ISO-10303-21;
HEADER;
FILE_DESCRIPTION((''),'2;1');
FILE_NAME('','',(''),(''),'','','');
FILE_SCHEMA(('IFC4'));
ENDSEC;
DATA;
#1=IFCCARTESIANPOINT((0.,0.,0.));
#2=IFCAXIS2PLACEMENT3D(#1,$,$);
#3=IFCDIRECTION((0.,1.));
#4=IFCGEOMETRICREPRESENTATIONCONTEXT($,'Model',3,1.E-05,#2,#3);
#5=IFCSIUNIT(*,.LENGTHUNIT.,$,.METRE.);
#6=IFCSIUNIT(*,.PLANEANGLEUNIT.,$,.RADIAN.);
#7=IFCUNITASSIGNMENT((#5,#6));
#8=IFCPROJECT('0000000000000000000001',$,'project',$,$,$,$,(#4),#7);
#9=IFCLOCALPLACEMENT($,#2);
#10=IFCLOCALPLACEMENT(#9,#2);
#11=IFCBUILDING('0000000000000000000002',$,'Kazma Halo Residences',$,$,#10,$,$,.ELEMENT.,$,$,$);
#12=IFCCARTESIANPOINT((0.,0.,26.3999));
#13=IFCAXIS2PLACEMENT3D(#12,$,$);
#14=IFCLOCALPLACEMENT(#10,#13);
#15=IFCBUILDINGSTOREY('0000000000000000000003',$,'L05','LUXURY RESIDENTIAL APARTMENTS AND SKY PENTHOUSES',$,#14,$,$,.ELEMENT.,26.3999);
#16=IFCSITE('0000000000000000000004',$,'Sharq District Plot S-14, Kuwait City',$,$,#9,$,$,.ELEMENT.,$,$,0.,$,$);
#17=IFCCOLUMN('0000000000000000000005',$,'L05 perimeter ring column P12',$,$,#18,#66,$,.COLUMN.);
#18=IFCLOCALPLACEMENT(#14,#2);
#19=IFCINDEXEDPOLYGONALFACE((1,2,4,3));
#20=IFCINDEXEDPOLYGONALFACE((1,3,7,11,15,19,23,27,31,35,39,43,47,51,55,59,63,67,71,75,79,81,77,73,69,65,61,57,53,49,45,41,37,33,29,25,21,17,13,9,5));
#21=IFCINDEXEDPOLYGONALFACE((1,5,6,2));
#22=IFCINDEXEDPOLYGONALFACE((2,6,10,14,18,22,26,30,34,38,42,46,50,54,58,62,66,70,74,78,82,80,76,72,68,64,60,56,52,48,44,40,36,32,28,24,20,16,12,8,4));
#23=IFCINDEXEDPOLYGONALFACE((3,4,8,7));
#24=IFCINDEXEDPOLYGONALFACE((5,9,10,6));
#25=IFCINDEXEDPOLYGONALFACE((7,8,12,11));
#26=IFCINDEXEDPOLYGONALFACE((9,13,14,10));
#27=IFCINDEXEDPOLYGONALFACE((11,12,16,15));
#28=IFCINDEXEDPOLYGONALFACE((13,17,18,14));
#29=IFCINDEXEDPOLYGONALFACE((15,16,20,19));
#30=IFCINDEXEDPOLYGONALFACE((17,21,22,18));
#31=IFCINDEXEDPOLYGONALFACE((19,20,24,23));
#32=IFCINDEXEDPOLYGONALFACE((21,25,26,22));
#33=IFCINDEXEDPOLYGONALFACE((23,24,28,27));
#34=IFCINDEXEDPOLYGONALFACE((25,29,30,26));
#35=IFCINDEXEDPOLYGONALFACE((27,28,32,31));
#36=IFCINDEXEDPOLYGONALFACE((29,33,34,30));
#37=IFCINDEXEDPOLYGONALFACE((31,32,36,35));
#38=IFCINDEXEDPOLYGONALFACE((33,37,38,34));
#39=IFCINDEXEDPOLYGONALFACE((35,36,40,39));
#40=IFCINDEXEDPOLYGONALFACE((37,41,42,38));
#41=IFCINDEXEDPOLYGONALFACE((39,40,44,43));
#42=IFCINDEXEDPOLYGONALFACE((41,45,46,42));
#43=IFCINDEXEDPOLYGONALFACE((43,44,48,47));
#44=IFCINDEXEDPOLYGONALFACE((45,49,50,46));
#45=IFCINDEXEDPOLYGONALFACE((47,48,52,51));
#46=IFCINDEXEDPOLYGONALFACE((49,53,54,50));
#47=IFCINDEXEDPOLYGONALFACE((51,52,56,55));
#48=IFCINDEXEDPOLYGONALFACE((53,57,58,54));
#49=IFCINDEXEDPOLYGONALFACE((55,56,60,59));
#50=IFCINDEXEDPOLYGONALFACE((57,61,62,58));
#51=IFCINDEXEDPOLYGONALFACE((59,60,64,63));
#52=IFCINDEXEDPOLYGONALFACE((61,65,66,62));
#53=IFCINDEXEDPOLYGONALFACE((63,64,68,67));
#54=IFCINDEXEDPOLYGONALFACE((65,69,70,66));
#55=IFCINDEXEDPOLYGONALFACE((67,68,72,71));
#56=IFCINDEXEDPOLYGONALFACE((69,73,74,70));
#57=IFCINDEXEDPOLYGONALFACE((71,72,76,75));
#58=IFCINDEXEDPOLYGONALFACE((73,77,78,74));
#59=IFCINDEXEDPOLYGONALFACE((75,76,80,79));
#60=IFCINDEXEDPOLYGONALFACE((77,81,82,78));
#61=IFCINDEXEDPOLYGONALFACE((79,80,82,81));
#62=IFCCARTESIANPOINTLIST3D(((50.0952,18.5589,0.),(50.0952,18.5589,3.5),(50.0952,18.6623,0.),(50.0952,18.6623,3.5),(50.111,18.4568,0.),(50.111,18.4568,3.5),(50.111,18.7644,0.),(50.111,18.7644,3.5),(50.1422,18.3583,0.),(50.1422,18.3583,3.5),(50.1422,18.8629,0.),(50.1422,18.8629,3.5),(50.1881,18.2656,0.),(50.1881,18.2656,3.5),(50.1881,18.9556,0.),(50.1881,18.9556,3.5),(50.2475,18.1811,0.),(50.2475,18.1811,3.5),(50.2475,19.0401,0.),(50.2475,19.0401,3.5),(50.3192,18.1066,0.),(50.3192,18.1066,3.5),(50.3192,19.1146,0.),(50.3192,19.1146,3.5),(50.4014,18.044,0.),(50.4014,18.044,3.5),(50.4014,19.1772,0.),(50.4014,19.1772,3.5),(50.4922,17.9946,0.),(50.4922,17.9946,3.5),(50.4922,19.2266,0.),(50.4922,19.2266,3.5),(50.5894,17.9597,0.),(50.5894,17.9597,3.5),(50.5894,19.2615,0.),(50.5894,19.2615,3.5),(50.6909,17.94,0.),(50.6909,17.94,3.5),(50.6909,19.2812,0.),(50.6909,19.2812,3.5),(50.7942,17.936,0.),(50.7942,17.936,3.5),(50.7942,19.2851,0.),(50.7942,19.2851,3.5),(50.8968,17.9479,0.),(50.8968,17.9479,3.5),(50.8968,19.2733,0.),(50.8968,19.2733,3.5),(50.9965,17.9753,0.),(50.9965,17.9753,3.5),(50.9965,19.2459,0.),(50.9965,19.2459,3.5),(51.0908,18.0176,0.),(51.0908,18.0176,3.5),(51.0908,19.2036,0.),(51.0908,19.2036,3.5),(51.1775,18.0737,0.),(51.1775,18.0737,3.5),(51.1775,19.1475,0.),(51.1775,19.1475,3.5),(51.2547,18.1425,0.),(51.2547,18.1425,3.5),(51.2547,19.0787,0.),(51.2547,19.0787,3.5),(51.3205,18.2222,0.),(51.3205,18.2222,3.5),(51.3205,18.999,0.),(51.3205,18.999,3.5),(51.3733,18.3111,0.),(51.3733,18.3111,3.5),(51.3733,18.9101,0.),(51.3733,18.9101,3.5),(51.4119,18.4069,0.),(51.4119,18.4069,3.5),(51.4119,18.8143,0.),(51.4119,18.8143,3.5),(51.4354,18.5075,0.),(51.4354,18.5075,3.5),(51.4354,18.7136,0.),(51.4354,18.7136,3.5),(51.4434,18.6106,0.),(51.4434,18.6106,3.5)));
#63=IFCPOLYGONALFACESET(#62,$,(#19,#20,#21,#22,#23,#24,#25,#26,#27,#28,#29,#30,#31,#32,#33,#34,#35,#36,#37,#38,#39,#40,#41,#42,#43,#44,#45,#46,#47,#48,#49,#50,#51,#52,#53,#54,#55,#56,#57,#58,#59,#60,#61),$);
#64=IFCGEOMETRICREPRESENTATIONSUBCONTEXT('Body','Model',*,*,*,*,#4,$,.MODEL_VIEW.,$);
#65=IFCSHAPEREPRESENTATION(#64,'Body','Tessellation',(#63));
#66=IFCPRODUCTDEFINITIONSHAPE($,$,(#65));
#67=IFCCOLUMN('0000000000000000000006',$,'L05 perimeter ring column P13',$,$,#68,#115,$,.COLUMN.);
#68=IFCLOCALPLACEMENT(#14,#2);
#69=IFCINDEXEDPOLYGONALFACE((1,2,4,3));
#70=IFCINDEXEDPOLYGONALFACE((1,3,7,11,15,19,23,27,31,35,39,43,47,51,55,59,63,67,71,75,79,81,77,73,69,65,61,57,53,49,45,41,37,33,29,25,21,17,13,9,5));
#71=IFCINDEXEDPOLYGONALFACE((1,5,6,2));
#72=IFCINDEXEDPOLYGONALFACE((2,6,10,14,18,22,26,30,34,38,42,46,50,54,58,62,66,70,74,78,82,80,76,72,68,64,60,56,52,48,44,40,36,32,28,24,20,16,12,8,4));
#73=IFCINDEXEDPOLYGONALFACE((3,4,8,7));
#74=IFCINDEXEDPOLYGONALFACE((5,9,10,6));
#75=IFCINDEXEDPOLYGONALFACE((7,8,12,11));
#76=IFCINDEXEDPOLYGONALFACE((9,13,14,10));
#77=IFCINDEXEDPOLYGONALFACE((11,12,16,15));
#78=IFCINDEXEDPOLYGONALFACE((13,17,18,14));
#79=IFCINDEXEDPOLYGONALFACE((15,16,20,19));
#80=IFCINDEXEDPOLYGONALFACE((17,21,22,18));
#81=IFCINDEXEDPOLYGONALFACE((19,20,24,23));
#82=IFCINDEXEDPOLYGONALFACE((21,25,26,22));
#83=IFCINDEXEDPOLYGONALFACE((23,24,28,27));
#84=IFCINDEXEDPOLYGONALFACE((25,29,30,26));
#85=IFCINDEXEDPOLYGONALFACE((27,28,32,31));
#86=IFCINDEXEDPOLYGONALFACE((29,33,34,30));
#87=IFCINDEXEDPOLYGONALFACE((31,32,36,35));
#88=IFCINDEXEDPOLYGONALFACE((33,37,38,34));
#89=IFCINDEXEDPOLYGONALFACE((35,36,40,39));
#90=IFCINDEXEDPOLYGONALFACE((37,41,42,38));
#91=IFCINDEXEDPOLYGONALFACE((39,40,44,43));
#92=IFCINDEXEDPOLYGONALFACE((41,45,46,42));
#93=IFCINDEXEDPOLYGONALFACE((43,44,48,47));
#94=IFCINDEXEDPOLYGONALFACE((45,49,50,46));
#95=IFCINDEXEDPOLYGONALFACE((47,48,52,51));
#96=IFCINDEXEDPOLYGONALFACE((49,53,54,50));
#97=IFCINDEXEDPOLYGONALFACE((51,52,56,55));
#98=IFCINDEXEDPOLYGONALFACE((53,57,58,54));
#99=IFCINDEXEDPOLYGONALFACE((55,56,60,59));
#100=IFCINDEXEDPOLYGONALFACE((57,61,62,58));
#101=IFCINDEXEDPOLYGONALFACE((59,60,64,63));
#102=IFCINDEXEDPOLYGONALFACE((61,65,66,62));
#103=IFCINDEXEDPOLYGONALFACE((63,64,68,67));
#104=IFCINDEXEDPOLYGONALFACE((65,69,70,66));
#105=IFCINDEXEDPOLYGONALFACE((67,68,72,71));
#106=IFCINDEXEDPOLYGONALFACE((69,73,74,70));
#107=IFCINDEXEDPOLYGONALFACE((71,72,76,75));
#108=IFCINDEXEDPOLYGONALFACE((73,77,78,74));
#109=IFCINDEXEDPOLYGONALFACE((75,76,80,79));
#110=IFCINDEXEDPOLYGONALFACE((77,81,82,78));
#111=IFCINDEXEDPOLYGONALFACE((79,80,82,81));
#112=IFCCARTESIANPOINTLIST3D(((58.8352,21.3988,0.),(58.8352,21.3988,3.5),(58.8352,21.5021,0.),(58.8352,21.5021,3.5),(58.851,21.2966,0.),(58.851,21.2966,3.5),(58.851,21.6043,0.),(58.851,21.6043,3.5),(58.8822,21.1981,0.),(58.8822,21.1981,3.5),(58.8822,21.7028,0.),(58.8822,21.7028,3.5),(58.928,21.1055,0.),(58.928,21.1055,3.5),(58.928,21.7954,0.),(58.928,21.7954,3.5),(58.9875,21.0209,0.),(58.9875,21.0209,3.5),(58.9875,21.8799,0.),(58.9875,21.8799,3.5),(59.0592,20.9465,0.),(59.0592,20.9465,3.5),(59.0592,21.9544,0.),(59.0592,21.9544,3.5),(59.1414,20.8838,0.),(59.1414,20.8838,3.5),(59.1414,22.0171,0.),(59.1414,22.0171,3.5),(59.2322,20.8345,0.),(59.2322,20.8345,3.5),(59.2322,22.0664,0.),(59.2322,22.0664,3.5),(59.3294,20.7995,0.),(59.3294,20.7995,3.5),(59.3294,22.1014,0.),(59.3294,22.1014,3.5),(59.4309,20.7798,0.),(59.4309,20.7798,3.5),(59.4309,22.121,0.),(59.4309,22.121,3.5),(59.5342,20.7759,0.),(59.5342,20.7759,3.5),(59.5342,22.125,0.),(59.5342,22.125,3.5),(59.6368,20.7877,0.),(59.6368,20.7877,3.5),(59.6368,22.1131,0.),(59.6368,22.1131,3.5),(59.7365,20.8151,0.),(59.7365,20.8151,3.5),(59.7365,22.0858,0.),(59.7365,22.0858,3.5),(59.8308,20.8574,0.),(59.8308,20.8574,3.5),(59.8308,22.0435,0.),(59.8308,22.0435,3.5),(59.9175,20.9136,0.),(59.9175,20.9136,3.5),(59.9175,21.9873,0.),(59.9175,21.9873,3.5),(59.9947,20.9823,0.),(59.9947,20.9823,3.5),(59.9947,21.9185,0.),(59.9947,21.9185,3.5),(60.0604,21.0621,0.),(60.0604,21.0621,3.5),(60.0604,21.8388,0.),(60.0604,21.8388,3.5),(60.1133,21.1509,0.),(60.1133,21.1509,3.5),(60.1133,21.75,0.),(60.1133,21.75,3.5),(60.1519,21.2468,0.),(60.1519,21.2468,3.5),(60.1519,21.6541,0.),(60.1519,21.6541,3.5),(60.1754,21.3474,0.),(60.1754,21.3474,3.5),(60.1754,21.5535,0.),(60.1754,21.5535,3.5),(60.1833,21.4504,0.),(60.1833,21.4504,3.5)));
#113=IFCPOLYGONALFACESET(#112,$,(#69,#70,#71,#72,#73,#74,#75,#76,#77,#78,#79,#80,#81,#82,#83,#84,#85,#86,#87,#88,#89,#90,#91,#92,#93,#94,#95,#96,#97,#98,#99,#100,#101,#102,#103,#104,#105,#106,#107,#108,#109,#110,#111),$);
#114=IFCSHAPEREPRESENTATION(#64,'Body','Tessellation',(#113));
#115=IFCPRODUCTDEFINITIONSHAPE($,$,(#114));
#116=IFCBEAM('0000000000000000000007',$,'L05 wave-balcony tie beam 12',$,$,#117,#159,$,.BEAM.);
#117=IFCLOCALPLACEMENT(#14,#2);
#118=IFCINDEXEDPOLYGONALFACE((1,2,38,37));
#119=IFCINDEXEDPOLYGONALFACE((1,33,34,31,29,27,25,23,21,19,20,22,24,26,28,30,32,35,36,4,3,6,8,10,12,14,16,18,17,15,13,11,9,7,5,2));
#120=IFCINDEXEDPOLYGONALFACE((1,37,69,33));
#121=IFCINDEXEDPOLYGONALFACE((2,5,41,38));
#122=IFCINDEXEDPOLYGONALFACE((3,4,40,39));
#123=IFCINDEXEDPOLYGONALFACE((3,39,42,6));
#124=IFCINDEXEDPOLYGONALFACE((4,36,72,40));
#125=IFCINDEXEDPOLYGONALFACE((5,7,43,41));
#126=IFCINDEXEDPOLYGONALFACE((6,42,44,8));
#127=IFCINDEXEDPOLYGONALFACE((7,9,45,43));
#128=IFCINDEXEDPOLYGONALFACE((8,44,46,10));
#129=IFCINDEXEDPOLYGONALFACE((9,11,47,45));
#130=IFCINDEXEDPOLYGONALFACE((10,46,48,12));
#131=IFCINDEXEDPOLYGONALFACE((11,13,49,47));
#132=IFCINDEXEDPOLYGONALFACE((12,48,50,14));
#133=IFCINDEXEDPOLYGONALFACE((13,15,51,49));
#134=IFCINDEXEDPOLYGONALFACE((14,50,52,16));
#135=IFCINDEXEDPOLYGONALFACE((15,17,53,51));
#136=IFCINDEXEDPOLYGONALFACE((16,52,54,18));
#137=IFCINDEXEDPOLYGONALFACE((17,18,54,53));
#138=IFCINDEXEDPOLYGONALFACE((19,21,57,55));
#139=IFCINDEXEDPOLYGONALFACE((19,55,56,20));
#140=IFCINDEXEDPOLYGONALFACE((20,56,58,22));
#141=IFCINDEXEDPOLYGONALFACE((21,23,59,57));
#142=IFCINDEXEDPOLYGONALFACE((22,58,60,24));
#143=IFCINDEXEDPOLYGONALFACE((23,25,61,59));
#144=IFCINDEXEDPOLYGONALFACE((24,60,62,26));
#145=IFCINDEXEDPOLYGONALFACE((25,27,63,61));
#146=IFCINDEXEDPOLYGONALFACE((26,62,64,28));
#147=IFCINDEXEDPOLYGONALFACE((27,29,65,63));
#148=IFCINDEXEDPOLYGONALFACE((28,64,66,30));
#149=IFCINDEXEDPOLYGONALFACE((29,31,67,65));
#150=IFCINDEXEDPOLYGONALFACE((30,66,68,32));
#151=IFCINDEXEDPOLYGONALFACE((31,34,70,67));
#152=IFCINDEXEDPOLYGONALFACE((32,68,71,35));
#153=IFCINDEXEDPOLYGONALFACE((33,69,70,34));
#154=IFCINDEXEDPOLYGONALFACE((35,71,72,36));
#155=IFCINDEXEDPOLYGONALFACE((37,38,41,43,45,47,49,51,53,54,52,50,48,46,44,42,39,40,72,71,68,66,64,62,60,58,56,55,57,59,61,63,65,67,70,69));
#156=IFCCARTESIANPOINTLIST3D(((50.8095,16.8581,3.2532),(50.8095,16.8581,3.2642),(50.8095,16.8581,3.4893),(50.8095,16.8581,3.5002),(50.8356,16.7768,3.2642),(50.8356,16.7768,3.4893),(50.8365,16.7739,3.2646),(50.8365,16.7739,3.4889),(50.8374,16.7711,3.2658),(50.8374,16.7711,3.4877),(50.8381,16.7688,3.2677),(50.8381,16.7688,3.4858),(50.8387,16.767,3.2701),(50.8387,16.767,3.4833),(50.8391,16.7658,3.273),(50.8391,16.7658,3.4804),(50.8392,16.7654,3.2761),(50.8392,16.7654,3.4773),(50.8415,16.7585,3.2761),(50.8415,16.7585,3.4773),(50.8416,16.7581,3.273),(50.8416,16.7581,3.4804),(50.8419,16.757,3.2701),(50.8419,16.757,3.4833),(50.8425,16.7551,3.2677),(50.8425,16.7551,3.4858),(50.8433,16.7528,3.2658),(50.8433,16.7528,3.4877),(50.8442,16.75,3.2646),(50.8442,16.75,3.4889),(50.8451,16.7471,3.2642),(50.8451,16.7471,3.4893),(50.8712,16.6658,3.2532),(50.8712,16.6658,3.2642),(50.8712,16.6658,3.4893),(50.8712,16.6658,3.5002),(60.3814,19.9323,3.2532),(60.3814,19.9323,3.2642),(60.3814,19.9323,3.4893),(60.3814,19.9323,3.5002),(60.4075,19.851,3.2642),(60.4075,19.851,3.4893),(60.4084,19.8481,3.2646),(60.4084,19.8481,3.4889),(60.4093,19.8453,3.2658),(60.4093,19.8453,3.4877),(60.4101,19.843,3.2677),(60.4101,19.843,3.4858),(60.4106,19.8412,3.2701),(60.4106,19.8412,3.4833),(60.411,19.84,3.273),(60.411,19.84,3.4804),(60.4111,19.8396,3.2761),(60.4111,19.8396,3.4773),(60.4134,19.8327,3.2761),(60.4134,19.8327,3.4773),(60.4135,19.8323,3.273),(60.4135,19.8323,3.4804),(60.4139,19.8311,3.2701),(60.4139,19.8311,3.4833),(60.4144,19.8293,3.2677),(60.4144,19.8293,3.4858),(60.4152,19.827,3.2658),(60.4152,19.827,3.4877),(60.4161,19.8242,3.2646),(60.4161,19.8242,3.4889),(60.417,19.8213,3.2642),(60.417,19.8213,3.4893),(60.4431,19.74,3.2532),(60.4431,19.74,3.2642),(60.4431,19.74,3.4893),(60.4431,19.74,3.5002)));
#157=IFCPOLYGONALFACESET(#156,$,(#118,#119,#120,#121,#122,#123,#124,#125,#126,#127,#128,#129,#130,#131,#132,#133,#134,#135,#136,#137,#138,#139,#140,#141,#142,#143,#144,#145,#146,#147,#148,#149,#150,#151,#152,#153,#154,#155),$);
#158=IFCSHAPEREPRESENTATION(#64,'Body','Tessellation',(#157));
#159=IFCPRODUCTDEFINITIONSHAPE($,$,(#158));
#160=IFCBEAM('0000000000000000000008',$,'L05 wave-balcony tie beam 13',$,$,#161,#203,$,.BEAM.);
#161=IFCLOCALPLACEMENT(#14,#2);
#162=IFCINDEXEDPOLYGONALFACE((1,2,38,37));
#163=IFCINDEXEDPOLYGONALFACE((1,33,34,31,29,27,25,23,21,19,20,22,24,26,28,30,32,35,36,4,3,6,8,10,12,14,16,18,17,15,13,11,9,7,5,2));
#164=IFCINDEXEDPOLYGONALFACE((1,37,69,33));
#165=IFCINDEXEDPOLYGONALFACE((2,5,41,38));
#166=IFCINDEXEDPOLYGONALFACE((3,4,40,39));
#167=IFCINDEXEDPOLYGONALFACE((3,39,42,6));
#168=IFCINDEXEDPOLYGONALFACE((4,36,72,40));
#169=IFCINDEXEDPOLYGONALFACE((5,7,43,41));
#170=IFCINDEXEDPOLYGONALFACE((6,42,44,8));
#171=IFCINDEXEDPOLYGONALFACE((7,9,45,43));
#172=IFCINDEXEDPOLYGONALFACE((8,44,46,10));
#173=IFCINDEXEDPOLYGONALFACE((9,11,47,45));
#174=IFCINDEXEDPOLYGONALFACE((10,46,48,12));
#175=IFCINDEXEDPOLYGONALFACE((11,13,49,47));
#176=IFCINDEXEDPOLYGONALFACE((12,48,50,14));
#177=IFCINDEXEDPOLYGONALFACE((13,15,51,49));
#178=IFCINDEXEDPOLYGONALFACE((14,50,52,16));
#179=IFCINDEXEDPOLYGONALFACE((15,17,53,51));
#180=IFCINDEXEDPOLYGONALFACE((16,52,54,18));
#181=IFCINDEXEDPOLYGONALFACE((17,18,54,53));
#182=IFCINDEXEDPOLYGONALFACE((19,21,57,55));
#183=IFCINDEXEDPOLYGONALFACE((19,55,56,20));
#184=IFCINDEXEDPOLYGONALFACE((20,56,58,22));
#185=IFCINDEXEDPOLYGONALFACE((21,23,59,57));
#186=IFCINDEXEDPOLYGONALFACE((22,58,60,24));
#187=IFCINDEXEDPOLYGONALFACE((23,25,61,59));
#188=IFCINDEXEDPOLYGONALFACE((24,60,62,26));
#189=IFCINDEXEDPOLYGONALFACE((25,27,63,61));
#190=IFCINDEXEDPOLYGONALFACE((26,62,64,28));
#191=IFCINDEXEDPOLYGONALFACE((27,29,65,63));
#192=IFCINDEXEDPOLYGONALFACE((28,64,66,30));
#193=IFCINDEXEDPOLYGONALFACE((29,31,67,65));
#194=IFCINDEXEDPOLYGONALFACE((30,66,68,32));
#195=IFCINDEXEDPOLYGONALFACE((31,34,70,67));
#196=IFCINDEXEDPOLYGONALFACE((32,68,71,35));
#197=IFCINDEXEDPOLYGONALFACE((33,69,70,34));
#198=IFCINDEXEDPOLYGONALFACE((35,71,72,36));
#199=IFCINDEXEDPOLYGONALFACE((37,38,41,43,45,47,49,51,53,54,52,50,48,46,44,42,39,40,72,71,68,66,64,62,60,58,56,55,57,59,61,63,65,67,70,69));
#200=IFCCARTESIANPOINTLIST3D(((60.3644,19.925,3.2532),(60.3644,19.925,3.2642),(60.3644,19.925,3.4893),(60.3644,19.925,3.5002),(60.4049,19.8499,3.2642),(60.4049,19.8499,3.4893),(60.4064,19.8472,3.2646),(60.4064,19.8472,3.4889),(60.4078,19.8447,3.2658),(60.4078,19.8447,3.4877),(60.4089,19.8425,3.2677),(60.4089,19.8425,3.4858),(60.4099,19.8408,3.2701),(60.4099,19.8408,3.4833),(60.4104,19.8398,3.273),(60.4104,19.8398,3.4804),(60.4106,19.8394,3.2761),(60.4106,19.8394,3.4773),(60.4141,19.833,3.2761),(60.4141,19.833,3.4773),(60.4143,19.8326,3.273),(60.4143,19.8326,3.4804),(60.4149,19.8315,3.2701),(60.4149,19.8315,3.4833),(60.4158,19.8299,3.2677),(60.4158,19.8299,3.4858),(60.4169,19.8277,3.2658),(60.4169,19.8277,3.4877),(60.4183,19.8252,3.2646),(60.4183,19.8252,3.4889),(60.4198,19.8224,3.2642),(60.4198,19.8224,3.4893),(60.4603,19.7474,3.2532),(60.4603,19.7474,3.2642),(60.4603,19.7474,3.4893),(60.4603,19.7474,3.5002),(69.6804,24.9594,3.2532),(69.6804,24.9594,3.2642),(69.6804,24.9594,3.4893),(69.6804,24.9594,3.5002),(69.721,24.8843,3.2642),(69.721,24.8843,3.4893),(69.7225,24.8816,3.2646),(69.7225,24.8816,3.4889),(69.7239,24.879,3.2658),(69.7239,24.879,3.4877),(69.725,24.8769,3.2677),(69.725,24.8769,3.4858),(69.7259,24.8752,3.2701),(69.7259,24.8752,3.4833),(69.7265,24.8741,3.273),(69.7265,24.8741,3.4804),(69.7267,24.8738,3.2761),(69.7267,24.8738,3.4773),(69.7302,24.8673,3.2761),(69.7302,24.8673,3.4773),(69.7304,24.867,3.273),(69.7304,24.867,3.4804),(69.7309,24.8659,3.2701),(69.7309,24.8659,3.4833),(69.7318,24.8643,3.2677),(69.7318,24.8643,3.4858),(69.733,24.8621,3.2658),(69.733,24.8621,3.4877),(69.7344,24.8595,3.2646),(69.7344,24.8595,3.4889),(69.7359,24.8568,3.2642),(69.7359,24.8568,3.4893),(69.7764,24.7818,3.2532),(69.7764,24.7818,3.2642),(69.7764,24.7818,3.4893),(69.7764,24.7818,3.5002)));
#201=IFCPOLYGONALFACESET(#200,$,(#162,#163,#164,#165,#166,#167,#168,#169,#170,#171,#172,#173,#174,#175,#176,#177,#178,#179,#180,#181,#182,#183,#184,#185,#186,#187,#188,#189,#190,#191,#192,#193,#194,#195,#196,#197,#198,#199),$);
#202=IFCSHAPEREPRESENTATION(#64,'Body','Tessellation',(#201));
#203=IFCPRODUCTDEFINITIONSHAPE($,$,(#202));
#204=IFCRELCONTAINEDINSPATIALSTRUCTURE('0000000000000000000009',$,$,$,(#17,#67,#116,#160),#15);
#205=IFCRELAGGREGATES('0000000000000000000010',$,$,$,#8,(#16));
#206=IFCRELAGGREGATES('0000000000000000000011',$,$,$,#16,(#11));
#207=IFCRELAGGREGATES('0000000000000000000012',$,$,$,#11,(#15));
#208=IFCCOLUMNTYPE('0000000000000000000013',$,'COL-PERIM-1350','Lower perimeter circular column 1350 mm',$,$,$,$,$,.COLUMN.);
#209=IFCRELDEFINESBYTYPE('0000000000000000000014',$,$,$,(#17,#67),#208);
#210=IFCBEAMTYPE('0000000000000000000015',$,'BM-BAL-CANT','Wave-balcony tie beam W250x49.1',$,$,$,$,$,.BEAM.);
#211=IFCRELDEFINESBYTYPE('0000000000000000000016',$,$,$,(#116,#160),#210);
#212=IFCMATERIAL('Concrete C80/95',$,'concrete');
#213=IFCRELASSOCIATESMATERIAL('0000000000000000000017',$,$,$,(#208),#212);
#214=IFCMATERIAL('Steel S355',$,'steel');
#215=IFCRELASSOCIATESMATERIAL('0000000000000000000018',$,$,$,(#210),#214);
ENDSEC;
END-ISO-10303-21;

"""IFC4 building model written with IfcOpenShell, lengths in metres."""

from ifc_helpers import new_model, si_unit, direction, frame, origin, origin_2d, place, context, subcontext, project, spatial, circle, i_section, extrude, material, material_profile, profile_set, type_object, element, save


model = new_model("IFC4")

# Units and contexts
model_context = context("Model", 3, precision=1e-05, world=origin(), true_north=direction((0.0, 1.0)))
body_context = subcontext(model_context, "Body", "Model", "MODEL_VIEW")
ifc_project = project(units=[si_unit("LENGTHUNIT", "METRE"), si_unit("PLANEANGLEUNIT", "RADIAN")], contexts=[model_context])

# Site, building, storey
site_placement = place(None, origin())
site = spatial("IfcSite", under=ifc_project, at=site_placement, Name="Sharq District Plot S-14, Kuwait City", CompositionType="ELEMENT", RefElevation=0.0)
building_placement = place(site_placement, origin())
building = spatial("IfcBuilding", under=site, at=building_placement, Name="Kazma Halo Residences", CompositionType="ELEMENT")
storey_placement = place(building_placement, frame((0.0, 0.0, 26.3999)))
storey = spatial("IfcBuildingStorey", under=building, at=storey_placement, Name="L05", Description="LUXURY RESIDENTIAL APARTMENTS AND SKY PENTHOUSES", CompositionType="ELEMENT", Elevation=26.3999)

# Columns
ifc_material_1 = material(Name="Concrete C80/95", Category="concrete")
ifc_material_profile_1 = material_profile(ifc_material_1, circle(Radius=0.675, at=origin_2d()), Name="CIRC1350")
ifc_profile_set_1 = profile_set([ifc_material_profile_1], Name="Concrete C80/95")
column_type = type_object("IfcColumnType", Name="COL-PERIM-1350", Description="Lower perimeter circular column 1350 mm", PredefinedType="COLUMN", material=ifc_profile_set_1)
for number, where, z_axis, x_axis, name in (
    (1, (50.7683, 18.6106, 0.0), (0.0, 0.0, 1.0), (1.0, 0.0, 0.0), "L05 perimeter ring column P12"),
    (2, (59.5083, 21.4504, 0.0), (0.0, 0.0, 1.0), (1.0, 0.0, 0.0), "L05 perimeter ring column P13"),
):
    element("IfcColumn", number, at=place(storey_placement, frame(where, z_axis=z_axis, x_axis=x_axis)), inside=storey, type_object=column_type, Name=name, PredefinedType="COLUMN", context=body_context, shape_type="SweptSolid", body=[
        extrude(circle(Radius=0.675, at=origin_2d()), origin(), (0.0, 0.0, 1.0), 3.5),
    ])

# Beams
ifc_material_2 = material(Name="Steel S355", Category="steel")
ifc_material_profile_2 = material_profile(ifc_material_2, i_section(OverallWidth=0.2019, OverallDepth=0.2471, WebThickness=0.0073, FlangeThickness=0.011, FilletRadius=0.012, at=origin_2d()), Name="W250x49.1")
ifc_profile_set_2 = profile_set([ifc_material_profile_2], Name="Steel S355")
beam_type_1 = type_object("IfcBeamType", Name="BM-BAL-CANT", Description="Wave-balcony tie beam W250x49.1", PredefinedType="BEAM", material=ifc_profile_set_2)
beam_1_placement = place(storey_placement, frame((50.8403, 16.762, 3.3767), z_axis=(0.952101, 0.305784, 0.0), x_axis=(-0.305784, 0.952101, 0.0)))
element("IfcBeam", 3, at=beam_1_placement, inside=storey, type_object=beam_type_1, Name="L05 wave-balcony tie beam 12", PredefinedType="BEAM", context=body_context, shape_type="SweptSolid", body=[
    extrude(i_section(OverallWidth=0.2019, OverallDepth=0.2471, WebThickness=0.0073, FlangeThickness=0.011, FilletRadius=0.012, at=origin_2d()), origin(), (0.0, 0.0, 1.0), 10.0535),
])
beam_2_placement = place(storey_placement, frame((60.4124, 19.8362, 3.3767), z_axis=(0.879759, 0.475419, 0.0), x_axis=(-0.475419, 0.879759, 0.0)))
element("IfcBeam", 4, at=beam_2_placement, inside=storey, type_object=beam_type_1, Name="L05 wave-balcony tie beam 13", PredefinedType="BEAM", context=body_context, shape_type="SweptSolid", body=[
    extrude(i_section(OverallWidth=0.2019, OverallDepth=0.2471, WebThickness=0.0073, FlangeThickness=0.011, FilletRadius=0.012, at=origin_2d()), origin(), (0.0, 0.0, 1.0), 10.5894),
])

save(model, "model.ifc")
